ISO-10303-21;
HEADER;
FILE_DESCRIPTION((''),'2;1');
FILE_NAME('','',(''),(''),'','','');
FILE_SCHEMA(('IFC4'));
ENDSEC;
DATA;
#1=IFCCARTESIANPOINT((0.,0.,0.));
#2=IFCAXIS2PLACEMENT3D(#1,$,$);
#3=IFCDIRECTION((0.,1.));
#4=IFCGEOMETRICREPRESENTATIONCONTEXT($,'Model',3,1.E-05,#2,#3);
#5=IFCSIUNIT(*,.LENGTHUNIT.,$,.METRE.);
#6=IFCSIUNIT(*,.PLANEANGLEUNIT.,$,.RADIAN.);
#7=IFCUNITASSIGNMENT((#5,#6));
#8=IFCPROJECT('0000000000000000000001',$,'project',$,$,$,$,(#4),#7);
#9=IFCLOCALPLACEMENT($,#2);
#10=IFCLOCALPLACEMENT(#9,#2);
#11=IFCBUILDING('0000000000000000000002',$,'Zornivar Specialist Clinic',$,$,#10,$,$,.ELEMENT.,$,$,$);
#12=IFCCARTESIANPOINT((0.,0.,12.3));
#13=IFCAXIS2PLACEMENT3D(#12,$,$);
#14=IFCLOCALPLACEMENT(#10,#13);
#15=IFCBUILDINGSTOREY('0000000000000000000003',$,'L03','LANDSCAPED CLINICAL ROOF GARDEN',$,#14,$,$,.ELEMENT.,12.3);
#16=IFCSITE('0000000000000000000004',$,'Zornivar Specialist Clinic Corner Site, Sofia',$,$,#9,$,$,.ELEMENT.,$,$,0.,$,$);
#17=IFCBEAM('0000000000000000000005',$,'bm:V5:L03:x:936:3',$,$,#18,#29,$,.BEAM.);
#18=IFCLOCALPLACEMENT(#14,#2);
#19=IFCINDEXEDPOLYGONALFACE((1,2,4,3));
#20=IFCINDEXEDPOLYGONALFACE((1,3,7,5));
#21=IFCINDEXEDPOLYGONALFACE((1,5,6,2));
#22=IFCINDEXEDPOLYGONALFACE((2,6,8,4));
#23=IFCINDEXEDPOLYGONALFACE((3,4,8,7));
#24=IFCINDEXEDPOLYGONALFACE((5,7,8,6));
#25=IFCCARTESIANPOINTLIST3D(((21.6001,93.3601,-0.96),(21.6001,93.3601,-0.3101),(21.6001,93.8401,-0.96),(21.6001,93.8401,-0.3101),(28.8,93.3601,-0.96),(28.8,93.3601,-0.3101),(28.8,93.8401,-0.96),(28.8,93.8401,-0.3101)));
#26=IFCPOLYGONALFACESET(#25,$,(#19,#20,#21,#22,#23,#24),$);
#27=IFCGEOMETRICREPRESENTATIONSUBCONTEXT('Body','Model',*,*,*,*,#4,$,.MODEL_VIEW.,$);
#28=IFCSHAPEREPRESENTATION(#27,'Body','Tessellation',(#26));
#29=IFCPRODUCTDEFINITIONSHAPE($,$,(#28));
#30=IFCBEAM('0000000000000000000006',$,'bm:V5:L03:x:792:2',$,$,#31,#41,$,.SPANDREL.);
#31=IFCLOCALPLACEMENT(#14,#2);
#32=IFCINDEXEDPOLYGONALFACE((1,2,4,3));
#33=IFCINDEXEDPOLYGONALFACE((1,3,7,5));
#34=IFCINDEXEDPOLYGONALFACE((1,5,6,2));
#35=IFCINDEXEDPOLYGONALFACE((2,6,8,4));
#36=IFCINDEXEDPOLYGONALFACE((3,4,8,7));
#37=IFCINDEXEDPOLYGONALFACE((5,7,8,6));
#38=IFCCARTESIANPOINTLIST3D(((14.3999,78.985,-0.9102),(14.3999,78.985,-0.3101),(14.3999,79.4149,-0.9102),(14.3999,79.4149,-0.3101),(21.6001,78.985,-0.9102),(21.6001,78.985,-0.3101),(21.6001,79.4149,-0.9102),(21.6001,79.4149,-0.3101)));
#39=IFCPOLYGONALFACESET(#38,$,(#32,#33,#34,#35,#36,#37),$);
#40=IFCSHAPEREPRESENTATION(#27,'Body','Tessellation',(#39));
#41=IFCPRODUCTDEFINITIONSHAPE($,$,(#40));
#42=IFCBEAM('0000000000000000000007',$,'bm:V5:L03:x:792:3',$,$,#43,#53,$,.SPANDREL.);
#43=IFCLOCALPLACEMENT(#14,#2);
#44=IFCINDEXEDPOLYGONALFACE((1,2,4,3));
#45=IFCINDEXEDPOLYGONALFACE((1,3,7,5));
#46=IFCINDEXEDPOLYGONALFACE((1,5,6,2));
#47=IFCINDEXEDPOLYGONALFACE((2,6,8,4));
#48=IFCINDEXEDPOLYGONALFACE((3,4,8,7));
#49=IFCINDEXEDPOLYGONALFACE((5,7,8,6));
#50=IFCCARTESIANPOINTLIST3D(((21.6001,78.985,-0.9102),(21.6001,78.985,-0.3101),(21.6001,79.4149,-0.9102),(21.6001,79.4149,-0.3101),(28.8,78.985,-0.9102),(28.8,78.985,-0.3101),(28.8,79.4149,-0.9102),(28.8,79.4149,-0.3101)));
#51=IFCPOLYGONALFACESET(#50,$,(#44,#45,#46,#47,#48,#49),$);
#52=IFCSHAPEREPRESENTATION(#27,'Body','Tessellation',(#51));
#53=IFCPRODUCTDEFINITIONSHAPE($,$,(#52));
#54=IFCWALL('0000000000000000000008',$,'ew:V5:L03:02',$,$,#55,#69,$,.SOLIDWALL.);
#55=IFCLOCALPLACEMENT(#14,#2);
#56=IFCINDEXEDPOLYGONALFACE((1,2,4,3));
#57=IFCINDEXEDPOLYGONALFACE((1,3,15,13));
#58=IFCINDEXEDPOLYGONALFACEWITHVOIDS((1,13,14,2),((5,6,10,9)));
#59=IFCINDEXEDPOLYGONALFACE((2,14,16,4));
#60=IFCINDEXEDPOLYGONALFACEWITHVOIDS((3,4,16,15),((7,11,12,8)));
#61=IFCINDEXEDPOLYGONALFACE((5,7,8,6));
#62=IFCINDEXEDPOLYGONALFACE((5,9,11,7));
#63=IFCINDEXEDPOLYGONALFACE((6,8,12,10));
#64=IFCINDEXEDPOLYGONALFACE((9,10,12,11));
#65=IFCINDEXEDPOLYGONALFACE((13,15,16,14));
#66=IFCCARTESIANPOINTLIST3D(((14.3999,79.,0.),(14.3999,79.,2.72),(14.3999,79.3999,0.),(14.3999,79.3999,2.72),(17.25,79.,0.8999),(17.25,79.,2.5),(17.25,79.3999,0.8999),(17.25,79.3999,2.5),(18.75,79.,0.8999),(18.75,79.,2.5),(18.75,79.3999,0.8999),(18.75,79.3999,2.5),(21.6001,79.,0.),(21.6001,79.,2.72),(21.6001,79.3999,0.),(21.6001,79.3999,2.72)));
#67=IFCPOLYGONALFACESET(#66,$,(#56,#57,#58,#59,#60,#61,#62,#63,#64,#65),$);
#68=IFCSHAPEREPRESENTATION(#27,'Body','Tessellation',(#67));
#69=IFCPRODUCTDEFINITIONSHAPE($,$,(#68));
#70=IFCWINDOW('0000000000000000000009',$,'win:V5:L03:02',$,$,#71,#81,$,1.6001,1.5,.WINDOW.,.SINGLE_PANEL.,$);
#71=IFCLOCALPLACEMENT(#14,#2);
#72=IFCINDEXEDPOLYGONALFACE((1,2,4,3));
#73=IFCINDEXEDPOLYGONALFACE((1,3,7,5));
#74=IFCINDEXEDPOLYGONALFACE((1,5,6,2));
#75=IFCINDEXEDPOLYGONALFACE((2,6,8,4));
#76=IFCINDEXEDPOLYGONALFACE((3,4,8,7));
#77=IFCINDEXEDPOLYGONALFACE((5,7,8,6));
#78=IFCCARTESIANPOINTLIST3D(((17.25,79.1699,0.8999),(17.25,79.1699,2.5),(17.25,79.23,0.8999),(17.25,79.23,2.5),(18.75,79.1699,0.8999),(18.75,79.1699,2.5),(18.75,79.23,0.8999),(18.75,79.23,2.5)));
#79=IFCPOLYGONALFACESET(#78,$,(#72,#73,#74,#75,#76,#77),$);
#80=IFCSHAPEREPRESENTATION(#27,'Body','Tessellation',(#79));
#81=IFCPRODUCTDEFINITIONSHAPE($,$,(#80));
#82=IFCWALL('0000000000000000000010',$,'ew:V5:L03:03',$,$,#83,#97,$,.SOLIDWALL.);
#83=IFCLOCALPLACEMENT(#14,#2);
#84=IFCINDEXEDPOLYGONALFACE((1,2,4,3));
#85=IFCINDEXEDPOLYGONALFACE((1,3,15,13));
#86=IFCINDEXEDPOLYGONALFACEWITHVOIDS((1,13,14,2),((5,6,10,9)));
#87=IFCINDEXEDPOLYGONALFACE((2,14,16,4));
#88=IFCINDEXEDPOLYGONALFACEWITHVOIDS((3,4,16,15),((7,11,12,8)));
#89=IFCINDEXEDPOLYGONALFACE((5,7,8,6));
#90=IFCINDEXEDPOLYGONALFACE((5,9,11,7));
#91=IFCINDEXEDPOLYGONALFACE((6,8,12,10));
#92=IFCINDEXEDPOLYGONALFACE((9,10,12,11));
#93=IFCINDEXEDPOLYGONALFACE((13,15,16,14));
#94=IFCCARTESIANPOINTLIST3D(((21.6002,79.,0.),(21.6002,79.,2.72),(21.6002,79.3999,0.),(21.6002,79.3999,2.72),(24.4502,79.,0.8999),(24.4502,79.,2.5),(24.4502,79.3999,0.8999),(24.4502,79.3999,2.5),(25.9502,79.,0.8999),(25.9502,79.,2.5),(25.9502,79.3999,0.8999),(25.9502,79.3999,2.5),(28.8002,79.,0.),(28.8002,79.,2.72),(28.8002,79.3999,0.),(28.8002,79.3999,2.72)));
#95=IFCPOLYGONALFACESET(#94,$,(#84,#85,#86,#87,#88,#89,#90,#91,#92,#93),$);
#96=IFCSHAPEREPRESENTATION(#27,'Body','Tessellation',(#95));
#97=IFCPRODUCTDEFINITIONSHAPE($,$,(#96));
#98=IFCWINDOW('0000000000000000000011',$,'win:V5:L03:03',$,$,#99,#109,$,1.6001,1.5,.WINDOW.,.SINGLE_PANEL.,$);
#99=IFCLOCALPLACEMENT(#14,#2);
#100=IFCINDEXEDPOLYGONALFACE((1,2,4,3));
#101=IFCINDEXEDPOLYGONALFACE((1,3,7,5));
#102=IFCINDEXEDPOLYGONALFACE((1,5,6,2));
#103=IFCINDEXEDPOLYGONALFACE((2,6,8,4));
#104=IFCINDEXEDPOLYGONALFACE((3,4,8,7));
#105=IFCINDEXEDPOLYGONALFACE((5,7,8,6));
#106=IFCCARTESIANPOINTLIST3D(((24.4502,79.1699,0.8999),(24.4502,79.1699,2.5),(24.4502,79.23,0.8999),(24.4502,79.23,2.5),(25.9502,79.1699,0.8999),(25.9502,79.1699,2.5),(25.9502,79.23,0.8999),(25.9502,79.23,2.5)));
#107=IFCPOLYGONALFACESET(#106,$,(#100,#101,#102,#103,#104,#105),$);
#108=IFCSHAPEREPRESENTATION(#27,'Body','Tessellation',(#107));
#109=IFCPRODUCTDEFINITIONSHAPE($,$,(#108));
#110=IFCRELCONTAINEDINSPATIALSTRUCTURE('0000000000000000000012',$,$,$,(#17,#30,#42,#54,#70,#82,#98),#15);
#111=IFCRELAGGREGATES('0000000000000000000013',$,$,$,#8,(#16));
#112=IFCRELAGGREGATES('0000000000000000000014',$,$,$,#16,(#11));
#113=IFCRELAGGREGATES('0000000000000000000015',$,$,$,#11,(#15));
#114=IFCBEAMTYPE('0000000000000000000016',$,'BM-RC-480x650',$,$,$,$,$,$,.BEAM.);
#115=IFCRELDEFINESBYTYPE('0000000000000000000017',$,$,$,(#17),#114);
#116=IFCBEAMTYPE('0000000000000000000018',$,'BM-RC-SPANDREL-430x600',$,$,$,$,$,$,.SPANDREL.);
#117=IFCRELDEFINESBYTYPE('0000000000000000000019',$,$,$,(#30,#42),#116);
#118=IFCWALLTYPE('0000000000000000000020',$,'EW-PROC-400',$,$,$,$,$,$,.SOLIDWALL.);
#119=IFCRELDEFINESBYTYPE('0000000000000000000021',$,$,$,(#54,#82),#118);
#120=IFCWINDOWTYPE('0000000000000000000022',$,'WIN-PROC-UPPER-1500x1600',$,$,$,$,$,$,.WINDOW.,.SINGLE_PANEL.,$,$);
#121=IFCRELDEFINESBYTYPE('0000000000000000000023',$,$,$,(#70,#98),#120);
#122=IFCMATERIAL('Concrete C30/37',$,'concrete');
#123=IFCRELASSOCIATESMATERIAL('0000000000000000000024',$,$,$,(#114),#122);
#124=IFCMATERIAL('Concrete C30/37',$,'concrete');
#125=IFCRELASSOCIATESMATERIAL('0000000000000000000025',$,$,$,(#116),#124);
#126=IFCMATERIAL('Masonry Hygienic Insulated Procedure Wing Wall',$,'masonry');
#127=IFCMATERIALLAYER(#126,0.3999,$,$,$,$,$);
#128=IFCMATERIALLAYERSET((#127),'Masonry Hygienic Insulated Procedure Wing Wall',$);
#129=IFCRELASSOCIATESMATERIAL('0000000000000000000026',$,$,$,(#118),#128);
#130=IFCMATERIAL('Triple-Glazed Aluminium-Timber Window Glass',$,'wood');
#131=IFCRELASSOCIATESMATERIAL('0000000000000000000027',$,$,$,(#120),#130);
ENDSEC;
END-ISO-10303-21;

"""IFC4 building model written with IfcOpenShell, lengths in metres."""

from ifc_helpers import new_model, si_unit, direction, frame, frame_2d, origin, origin_2d, place, context, subcontext, project, spatial, rectangle, extrude, material, layer, layer_set, material_profile, profile_set, type_object, element, fill, save


model = new_model("IFC4")

# Units and contexts
model_context = context("Model", 3, precision=1e-05, world=origin(), true_north=direction((0.0, 1.0)))
body_context = subcontext(model_context, "Body", "Model", "MODEL_VIEW")
ifc_project = project(units=[si_unit("LENGTHUNIT", "METRE"), si_unit("PLANEANGLEUNIT", "RADIAN")], contexts=[model_context])

# Site, building, storey
site_placement = place(None, origin())
site = spatial("IfcSite", under=ifc_project, at=site_placement, Name="Zornivar Specialist Clinic Corner Site, Sofia", CompositionType="ELEMENT", RefElevation=0.0)
building_placement = place(site_placement, origin())
building = spatial("IfcBuilding", under=site, at=building_placement, Name="Zornivar Specialist Clinic", CompositionType="ELEMENT")
storey_placement = place(building_placement, frame((0.0, 0.0, 12.3)))
storey = spatial("IfcBuildingStorey", under=building, at=storey_placement, Name="L03", Description="LANDSCAPED CLINICAL ROOF GARDEN", CompositionType="ELEMENT", Elevation=12.3)

# Beams
ifc_material_1 = material(Name="Concrete C30/37", Category="concrete")
ifc_material_profile_1 = material_profile(ifc_material_1, rectangle(XDim=0.48, YDim=0.6499, at=origin_2d()), Name="RC 480x650")
ifc_profile_set_1 = profile_set([ifc_material_profile_1], Name="Concrete C30/37")
beam_type_1 = type_object("IfcBeamType", Name="BM-RC-480x650", PredefinedType="BEAM", material=ifc_profile_set_1)
beam_1_placement = place(storey_placement, frame((21.6001, 93.6001, -0.635), z_axis=(1.0, 0.0, 0.0), x_axis=(0.0, 1.0, 0.0)))
element("IfcBeam", 1, at=beam_1_placement, inside=storey, type_object=beam_type_1, Name="bm:V5:L03:x:936:3", PredefinedType="BEAM", context=body_context, shape_type="SweptSolid", body=[
    extrude(rectangle(XDim=0.48, YDim=0.6499, at=origin_2d()), origin(), (0.0, 0.0, 1.0), 7.2),
])
ifc_material_2 = material(Name="Concrete C30/37", Category="concrete")
ifc_material_profile_2 = material_profile(ifc_material_2, rectangle(XDim=0.4299, YDim=0.6001, at=origin_2d()), Name="RC 430x600")
ifc_profile_set_2 = profile_set([ifc_material_profile_2], Name="Concrete C30/37")
beam_type_2 = type_object("IfcBeamType", Name="BM-RC-SPANDREL-430x600", PredefinedType="SPANDREL", material=ifc_profile_set_2)
beam_2_placement = place(storey_placement, frame((14.3999, 79.2, -0.6101), z_axis=(1.0, 0.0, 0.0), x_axis=(0.0, 1.0, 0.0)))
element("IfcBeam", 2, at=beam_2_placement, inside=storey, type_object=beam_type_2, Name="bm:V5:L03:x:792:2", PredefinedType="SPANDREL", context=body_context, shape_type="SweptSolid", body=[
    extrude(rectangle(XDim=0.4299, YDim=0.6001, at=origin_2d()), origin(), (0.0, 0.0, 1.0), 7.2002),
])
beam_3_placement = place(storey_placement, frame((21.6001, 79.2, -0.6101), z_axis=(1.0, 0.0, 0.0), x_axis=(0.0, 1.0, 0.0)))
element("IfcBeam", 3, at=beam_3_placement, inside=storey, type_object=beam_type_2, Name="bm:V5:L03:x:792:3", PredefinedType="SPANDREL", context=body_context, shape_type="SweptSolid", body=[
    extrude(rectangle(XDim=0.4299, YDim=0.6001, at=origin_2d()), origin(), (0.0, 0.0, 1.0), 7.2),
])

# Walls, openings, windows
ifc_material_3 = material(Name="Masonry Hygienic Insulated Procedure Wing Wall", Category="masonry")
ifc_layer = layer(ifc_material_3, 0.3999)
ifc_layer_set = layer_set([ifc_layer], Name="Masonry Hygienic Insulated Procedure Wing Wall")
wall_type = type_object("IfcWallType", Name="EW-PROC-400", PredefinedType="SOLIDWALL", material=ifc_layer_set)
wall_1_placement = place(storey_placement, frame((14.3999, 79.2, 0.0), z_axis=(0.0, 0.0, 1.0), x_axis=(1.0, 0.0, 0.0)))
wall_1 = element("IfcWall", 4, at=wall_1_placement, inside=storey, type_object=wall_type, Name="ew:V5:L03:02", PredefinedType="SOLIDWALL", context=body_context, shape_type="SweptSolid", body=[
    extrude(rectangle(XDim=7.2002, YDim=0.3999, at=frame_2d((3.6001, 0.0))), origin(), (0.0, 0.0, 1.0), 2.72),
])
opening_1_placement = place(wall_1_placement, frame((2.8501, 0.0, 0.8999)))
opening_1 = element("IfcOpeningElement", 5, at=opening_1_placement, cuts=wall_1, PredefinedType="OPENING", context=body_context, shape_type="SweptSolid", body=[
    extrude(rectangle(XDim=1.5, YDim=1.6001, at=frame_2d((0.75, 0.8))), frame((0.0, 0.21, 0.0), z_axis=(0.0, -1.0, 0.0), x_axis=(1.0, 0.0, 0.0)), (0.0, 0.0, 1.0), 0.4199),
])
ifc_material_4 = material(Name="Triple-Glazed Aluminium-Timber Window Glass", Category="wood")
window_type = type_object("IfcWindowType", Name="WIN-PROC-UPPER-1500x1600", PartitioningType="SINGLE_PANEL", PredefinedType="WINDOW", material=ifc_material_4)
window_1_placement = place(opening_1_placement, origin())
window_1 = element("IfcWindow", 6, at=window_1_placement, inside=storey, type_object=window_type, Name="win:V5:L03:02", OverallHeight=1.6001, OverallWidth=1.5, PartitioningType="SINGLE_PANEL", PredefinedType="WINDOW", context=body_context, shape_type="SweptSolid", body=[
    extrude(rectangle(XDim=1.5, YDim=1.6001, at=frame_2d((0.75, 0.8))), frame((0.0, 0.03, 0.0), z_axis=(0.0, -1.0, 0.0), x_axis=(1.0, 0.0, 0.0)), (0.0, 0.0, 1.0), 0.0601),
])
fill(opening_1, window_1)
wall_2_placement = place(storey_placement, frame((21.6001, 79.2, 0.0), z_axis=(0.0, 0.0, 1.0), x_axis=(1.0, 0.0, 0.0)))
wall_2 = element("IfcWall", 7, at=wall_2_placement, inside=storey, type_object=wall_type, Name="ew:V5:L03:03", PredefinedType="SOLIDWALL", context=body_context, shape_type="SweptSolid", body=[
    extrude(rectangle(XDim=7.2, YDim=0.3999, at=frame_2d((3.6001, 0.0))), origin(), (0.0, 0.0, 1.0), 2.72),
])
opening_2_placement = place(wall_2_placement, frame((2.8501, 0.0, 0.8999)))
opening_2 = element("IfcOpeningElement", 8, at=opening_2_placement, cuts=wall_2, PredefinedType="OPENING", context=body_context, shape_type="SweptSolid", body=[
    extrude(rectangle(XDim=1.5, YDim=1.6001, at=frame_2d((0.75, 0.8))), frame((0.0, 0.21, 0.0), z_axis=(0.0, -1.0, 0.0), x_axis=(1.0, 0.0, 0.0)), (0.0, 0.0, 1.0), 0.4199),
])
window_2_placement = place(opening_2_placement, origin())
window_2 = element("IfcWindow", 9, at=window_2_placement, inside=storey, type_object=window_type, Name="win:V5:L03:03", OverallHeight=1.6001, OverallWidth=1.5, PartitioningType="SINGLE_PANEL", PredefinedType="WINDOW", context=body_context, shape_type="SweptSolid", body=[
    extrude(rectangle(XDim=1.5, YDim=1.6001, at=frame_2d((0.75, 0.8))), frame((0.0, 0.03, 0.0), z_axis=(0.0, -1.0, 0.0), x_axis=(1.0, 0.0, 0.0)), (0.0, 0.0, 1.0), 0.0601),
])
fill(opening_2, window_2)

save(model, "model.ifc")
